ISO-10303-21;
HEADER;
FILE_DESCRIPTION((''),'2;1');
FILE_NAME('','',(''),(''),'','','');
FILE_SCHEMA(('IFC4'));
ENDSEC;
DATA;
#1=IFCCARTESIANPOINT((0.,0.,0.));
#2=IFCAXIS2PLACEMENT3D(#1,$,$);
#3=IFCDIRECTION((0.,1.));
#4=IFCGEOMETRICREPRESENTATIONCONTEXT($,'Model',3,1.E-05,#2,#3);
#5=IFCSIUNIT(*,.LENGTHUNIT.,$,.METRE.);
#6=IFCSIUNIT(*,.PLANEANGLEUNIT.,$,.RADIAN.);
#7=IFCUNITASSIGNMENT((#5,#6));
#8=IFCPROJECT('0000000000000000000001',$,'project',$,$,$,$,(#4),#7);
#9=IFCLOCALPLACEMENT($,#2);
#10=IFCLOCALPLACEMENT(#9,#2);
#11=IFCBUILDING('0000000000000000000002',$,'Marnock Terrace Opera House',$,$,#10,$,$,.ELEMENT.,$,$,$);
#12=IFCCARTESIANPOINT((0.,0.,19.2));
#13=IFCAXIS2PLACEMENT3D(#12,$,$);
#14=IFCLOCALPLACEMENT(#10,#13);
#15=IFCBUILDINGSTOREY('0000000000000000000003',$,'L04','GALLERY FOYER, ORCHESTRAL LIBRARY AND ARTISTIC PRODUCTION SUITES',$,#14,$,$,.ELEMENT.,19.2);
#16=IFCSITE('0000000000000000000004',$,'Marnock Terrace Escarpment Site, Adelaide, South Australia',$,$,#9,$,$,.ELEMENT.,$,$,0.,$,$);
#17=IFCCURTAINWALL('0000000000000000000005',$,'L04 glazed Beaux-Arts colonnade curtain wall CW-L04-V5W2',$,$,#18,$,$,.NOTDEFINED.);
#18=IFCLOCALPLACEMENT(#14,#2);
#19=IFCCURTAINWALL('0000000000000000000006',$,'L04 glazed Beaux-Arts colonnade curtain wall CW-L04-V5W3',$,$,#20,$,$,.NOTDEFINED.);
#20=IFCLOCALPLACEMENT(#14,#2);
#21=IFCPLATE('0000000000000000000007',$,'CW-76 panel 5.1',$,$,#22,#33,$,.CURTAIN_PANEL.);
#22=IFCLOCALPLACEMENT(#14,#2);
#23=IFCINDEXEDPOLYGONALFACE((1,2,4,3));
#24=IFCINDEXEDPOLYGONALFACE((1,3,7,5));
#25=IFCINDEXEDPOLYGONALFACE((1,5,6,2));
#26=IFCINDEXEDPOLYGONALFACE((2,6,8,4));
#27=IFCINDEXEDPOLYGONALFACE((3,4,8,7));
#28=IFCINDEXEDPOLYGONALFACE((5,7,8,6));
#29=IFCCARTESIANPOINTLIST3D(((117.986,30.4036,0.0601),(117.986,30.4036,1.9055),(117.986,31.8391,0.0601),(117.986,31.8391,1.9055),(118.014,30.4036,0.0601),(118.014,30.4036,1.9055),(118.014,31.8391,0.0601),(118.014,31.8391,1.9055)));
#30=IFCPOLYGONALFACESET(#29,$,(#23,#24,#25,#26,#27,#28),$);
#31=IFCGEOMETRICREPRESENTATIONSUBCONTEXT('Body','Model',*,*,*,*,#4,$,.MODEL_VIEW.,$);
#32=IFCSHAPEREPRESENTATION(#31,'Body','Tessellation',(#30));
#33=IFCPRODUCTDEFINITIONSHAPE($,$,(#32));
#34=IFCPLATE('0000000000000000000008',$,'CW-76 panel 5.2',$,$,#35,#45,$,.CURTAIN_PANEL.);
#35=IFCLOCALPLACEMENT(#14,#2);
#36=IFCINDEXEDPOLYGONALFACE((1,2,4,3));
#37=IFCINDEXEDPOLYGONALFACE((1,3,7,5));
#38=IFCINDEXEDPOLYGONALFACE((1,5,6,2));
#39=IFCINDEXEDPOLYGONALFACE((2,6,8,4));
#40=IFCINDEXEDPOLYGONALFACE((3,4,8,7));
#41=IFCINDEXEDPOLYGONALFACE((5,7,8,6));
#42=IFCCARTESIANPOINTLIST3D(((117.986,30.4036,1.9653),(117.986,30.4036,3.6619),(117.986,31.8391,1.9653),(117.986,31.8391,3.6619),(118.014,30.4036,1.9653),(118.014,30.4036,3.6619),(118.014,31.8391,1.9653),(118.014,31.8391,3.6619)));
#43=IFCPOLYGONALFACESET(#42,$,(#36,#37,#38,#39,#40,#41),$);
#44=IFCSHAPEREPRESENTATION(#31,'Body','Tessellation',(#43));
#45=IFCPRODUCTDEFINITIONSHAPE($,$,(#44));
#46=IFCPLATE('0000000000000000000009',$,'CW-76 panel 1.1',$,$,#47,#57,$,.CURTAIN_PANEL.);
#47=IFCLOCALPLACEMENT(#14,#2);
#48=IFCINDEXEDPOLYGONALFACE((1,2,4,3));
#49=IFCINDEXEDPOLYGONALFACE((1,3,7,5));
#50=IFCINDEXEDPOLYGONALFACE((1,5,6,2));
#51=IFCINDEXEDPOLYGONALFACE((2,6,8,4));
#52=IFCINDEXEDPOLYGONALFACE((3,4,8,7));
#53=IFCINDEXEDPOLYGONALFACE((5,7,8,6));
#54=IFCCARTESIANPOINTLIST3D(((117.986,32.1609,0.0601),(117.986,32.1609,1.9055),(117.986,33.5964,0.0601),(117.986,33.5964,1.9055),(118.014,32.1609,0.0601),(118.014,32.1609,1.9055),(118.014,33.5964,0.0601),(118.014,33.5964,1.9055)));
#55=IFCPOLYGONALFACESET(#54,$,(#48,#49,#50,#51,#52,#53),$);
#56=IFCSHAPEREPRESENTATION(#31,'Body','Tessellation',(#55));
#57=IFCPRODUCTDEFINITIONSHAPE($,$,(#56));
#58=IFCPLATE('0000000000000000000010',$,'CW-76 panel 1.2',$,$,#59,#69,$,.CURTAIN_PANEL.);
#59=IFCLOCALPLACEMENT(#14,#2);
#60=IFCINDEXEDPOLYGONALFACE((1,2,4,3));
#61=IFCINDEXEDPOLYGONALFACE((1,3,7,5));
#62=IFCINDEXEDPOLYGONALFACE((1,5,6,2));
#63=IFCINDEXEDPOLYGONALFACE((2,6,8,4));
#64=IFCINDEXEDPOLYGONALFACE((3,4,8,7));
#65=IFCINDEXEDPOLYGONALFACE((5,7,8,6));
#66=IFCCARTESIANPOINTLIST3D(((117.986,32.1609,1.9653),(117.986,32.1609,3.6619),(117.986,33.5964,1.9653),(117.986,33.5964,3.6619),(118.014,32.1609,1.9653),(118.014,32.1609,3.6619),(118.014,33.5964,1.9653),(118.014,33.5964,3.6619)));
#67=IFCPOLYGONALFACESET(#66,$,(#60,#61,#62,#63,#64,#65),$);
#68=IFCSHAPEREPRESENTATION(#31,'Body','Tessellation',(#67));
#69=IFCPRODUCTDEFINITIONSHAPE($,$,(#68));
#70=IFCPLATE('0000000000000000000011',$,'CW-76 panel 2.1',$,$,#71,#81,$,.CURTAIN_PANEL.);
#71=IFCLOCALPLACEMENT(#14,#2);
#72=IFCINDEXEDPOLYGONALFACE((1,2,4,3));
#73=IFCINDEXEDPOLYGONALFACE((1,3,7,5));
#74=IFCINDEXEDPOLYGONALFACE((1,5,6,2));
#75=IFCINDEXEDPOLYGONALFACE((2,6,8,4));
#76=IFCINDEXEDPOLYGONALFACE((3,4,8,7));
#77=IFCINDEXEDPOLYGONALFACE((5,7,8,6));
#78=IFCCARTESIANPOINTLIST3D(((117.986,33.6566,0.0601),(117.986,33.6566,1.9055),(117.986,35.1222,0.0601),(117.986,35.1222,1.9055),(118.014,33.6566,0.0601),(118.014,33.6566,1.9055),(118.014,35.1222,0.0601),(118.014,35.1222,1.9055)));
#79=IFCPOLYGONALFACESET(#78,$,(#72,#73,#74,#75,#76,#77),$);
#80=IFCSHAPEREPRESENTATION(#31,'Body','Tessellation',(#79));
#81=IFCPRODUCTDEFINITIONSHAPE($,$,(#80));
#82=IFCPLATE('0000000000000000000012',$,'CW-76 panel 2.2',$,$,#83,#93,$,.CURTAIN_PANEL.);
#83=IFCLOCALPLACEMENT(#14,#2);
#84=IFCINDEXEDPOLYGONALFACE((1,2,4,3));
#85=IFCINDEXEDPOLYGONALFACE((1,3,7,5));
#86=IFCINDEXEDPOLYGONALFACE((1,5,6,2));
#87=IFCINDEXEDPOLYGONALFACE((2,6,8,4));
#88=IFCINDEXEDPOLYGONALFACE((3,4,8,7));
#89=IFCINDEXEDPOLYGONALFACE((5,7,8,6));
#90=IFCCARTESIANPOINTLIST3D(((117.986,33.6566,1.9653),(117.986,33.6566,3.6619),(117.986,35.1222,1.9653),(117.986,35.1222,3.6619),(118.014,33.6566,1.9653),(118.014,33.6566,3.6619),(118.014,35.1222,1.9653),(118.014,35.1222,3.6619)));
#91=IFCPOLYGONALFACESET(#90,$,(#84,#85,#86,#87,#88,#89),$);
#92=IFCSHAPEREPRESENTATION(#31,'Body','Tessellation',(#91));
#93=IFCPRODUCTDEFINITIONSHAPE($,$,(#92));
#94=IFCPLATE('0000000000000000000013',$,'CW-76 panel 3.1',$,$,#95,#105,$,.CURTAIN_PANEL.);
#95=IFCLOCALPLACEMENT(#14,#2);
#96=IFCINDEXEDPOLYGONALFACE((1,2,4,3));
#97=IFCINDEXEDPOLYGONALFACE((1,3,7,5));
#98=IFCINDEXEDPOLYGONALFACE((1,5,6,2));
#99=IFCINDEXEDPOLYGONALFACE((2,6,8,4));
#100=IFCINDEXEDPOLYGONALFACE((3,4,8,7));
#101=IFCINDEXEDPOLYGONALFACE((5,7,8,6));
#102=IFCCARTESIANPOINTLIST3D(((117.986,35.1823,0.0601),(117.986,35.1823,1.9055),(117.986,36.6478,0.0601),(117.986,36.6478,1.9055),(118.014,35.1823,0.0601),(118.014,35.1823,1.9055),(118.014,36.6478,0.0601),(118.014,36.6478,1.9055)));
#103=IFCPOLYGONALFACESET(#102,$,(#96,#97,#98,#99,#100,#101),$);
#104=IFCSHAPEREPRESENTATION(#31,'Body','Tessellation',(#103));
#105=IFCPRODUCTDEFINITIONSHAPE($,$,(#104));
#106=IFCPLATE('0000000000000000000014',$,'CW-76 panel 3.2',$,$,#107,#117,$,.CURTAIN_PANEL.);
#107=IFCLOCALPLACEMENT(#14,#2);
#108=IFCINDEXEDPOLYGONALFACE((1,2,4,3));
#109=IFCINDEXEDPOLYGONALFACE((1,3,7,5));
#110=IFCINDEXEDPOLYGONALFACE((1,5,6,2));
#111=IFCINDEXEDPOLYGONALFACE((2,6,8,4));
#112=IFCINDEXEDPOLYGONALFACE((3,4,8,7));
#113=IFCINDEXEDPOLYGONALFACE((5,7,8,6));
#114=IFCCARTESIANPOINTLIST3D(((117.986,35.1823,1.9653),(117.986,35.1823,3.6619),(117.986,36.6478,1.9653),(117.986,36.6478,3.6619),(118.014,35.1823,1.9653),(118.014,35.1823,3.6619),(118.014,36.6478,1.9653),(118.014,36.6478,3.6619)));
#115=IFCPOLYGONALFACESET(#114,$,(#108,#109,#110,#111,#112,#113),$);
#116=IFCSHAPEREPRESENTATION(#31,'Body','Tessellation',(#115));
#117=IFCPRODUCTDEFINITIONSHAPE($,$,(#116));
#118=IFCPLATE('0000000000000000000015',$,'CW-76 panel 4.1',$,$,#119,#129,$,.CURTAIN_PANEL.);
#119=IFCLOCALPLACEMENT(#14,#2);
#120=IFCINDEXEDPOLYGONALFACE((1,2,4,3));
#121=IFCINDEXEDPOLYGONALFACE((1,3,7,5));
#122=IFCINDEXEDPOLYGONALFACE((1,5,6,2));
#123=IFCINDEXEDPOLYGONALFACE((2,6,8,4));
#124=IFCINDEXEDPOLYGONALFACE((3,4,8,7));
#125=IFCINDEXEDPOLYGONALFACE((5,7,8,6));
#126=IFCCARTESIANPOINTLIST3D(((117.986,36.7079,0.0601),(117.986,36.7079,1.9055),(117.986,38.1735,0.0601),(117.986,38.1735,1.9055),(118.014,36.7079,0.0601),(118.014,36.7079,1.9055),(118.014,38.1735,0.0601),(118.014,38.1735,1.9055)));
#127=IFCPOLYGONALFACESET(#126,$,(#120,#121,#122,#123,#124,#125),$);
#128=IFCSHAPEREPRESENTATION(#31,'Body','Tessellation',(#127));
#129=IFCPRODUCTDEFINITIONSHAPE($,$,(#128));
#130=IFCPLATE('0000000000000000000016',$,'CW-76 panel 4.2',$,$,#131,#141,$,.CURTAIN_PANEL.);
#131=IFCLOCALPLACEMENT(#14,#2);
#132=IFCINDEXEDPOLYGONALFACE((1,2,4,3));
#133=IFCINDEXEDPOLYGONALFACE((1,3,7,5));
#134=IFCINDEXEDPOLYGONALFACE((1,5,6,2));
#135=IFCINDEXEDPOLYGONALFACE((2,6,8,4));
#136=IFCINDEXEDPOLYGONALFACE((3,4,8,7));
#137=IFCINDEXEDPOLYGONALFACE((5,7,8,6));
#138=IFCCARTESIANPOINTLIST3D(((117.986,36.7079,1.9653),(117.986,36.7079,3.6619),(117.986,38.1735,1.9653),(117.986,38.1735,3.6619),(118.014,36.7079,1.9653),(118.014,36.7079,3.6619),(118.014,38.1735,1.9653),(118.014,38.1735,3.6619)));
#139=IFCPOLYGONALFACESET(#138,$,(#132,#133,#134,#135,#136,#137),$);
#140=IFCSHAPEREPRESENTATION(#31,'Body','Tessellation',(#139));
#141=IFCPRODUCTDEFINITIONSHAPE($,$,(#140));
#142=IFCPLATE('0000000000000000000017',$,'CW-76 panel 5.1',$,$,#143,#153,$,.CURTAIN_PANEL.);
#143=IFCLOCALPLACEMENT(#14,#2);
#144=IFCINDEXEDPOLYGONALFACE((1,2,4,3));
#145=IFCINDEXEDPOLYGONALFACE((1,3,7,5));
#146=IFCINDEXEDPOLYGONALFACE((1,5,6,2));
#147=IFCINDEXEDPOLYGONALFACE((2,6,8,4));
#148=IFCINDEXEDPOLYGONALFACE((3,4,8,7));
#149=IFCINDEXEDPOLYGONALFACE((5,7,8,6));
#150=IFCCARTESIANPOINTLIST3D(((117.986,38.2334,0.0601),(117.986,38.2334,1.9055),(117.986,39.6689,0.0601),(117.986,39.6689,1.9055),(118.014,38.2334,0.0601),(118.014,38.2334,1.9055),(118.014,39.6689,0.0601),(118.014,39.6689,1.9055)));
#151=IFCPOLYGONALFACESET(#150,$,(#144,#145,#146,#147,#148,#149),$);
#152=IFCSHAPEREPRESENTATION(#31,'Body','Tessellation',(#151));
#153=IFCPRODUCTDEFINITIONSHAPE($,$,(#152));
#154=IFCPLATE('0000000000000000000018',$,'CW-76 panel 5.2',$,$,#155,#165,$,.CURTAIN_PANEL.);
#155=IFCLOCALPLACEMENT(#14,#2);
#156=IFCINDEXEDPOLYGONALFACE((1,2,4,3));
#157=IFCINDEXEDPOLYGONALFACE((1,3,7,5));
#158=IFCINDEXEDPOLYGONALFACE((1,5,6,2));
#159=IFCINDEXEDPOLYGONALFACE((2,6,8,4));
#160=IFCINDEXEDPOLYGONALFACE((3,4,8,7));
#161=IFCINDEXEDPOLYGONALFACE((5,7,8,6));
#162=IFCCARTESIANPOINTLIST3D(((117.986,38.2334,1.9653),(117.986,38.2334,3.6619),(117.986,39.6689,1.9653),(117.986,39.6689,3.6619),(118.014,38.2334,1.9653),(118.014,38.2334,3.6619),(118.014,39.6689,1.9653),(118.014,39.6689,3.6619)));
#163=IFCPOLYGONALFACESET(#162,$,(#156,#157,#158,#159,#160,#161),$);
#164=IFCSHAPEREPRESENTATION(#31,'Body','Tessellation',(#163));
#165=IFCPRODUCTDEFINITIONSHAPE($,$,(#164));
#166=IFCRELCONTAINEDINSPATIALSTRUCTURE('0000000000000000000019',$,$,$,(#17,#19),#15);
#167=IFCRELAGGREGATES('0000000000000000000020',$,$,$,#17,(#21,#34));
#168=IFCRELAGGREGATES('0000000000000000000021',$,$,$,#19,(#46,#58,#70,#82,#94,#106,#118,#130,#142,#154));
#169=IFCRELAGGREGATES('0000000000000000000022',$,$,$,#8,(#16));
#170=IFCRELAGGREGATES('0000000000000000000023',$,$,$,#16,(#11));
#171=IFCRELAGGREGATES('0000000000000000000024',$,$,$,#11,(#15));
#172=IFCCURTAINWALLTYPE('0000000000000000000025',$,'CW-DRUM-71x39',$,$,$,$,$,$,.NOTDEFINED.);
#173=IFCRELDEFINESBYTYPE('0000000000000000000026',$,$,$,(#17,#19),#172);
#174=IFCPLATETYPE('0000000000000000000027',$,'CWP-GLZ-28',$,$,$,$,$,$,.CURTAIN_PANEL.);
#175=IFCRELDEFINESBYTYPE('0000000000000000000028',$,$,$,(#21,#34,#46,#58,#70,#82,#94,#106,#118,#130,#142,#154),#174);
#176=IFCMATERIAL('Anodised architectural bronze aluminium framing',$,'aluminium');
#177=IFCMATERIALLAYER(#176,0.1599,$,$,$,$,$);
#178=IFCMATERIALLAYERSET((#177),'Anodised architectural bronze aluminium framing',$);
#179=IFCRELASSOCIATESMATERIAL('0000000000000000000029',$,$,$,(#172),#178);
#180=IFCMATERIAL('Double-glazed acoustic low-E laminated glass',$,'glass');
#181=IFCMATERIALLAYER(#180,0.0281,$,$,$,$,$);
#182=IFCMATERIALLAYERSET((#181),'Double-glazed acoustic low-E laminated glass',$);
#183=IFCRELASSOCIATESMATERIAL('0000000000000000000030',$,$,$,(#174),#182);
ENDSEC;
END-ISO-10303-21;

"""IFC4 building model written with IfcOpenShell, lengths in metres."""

from ifc_helpers import new_model, si_unit, direction, frame, origin, origin_2d, place, context, subcontext, project, spatial, rectangle, extrude, material, layer, layer_set, type_object, element, aggregate, save


model = new_model("IFC4")

# Units and contexts
model_context = context("Model", 3, precision=1e-05, world=origin(), true_north=direction((0.0, 1.0)))
body_context = subcontext(model_context, "Body", "Model", "MODEL_VIEW")
ifc_project = project(units=[si_unit("LENGTHUNIT", "METRE"), si_unit("PLANEANGLEUNIT", "RADIAN")], contexts=[model_context])

# Site, building, storey
site_placement = place(None, origin())
site = spatial("IfcSite", under=ifc_project, at=site_placement, Name="Marnock Terrace Escarpment Site, Adelaide, South Australia", CompositionType="ELEMENT", RefElevation=0.0)
building_placement = place(site_placement, origin())
building = spatial("IfcBuilding", under=site, at=building_placement, Name="Marnock Terrace Opera House", CompositionType="ELEMENT")
storey_placement = place(building_placement, frame((0.0, 0.0, 19.2)))
storey = spatial("IfcBuildingStorey", under=building, at=storey_placement, Name="L04", Description="GALLERY FOYER, ORCHESTRAL LIBRARY AND ARTISTIC PRODUCTION SUITES", CompositionType="ELEMENT", Elevation=19.2)

# Curtain wall
ifc_material_1 = material(Name="Anodised architectural bronze aluminium framing", Category="aluminium")
ifc_layer_1 = layer(ifc_material_1, 0.1599)
ifc_layer_set_1 = layer_set([ifc_layer_1], Name="Anodised architectural bronze aluminium framing")
curtain_wall_type = type_object("IfcCurtainWallType", Name="CW-DRUM-71x39", PredefinedType="NOTDEFINED", material=ifc_layer_set_1)
curtain_wall_1_placement = place(storey_placement, origin())
curtain_wall_1 = element("IfcCurtainWall", 1, at=curtain_wall_1_placement, inside=storey, type_object=curtain_wall_type, Name="L04 glazed Beaux-Arts colonnade curtain wall CW-L04-V5W2", PredefinedType="NOTDEFINED")

# Curtain wall
curtain_wall_2_placement = place(storey_placement, origin())
curtain_wall_2 = element("IfcCurtainWall", 2, at=curtain_wall_2_placement, inside=storey, type_object=curtain_wall_type, Name="L04 glazed Beaux-Arts colonnade curtain wall CW-L04-V5W3", PredefinedType="NOTDEFINED")

# Plates
ifc_material_2 = material(Name="Double-glazed acoustic low-E laminated glass", Category="glass")
ifc_layer_2 = layer(ifc_material_2, 0.0281)
ifc_layer_set_2 = layer_set([ifc_layer_2], Name="Double-glazed acoustic low-E laminated glass")
plate_type = type_object("IfcPlateType", Name="CWP-GLZ-28", PredefinedType="CURTAIN_PANEL", material=ifc_layer_set_2)
plate_1_placement = place(storey_placement, frame((118.0, 31.1213, 0.0601), z_axis=(0.0, 0.0, 1.0), x_axis=(0.0, 1.0, 0.0)))
plate_1 = element("IfcPlate", 3, at=plate_1_placement, type_object=plate_type, Name="CW-76 panel 5.1", PredefinedType="CURTAIN_PANEL", context=body_context, shape_type="SweptSolid", body=[
    extrude(rectangle(XDim=1.4355, YDim=0.0281, at=origin_2d()), origin(), (0.0, 0.0, 1.0), 1.8455),
])
plate_2_placement = place(storey_placement, frame((118.0, 31.1213, 1.9653), z_axis=(0.0, 0.0, 1.0), x_axis=(0.0, 1.0, 0.0)))
plate_2 = element("IfcPlate", 4, at=plate_2_placement, type_object=plate_type, Name="CW-76 panel 5.2", PredefinedType="CURTAIN_PANEL", context=body_context, shape_type="SweptSolid", body=[
    extrude(rectangle(XDim=1.4355, YDim=0.0281, at=origin_2d()), origin(), (0.0, 0.0, 1.0), 1.6965),
])
aggregate(curtain_wall_1, [plate_1, plate_2])
plate_3_placement = place(storey_placement, frame((118.0, 32.8787, 0.0601), z_axis=(0.0, 0.0, 1.0), x_axis=(0.0, 1.0, 0.0)))
plate_3 = element("IfcPlate", 5, at=plate_3_placement, type_object=plate_type, Name="CW-76 panel 1.1", PredefinedType="CURTAIN_PANEL", context=body_context, shape_type="SweptSolid", body=[
    extrude(rectangle(XDim=1.4355, YDim=0.0281, at=origin_2d()), origin(), (0.0, 0.0, 1.0), 1.8455),
])
plate_4_placement = place(storey_placement, frame((118.0, 32.8787, 1.9653), z_axis=(0.0, 0.0, 1.0), x_axis=(0.0, 1.0, 0.0)))
plate_4 = element("IfcPlate", 6, at=plate_4_placement, type_object=plate_type, Name="CW-76 panel 1.2", PredefinedType="CURTAIN_PANEL", context=body_context, shape_type="SweptSolid", body=[
    extrude(rectangle(XDim=1.4355, YDim=0.0281, at=origin_2d()), origin(), (0.0, 0.0, 1.0), 1.6965),
])
plate_5_placement = place(storey_placement, frame((118.0, 34.3894, 0.0601), z_axis=(0.0, 0.0, 1.0), x_axis=(0.0, 1.0, 0.0)))
plate_5 = element("IfcPlate", 7, at=plate_5_placement, type_object=plate_type, Name="CW-76 panel 2.1", PredefinedType="CURTAIN_PANEL", context=body_context, shape_type="SweptSolid", body=[
    extrude(rectangle(XDim=1.4656, YDim=0.0281, at=origin_2d()), origin(), (0.0, 0.0, 1.0), 1.8455),
])
plate_6_placement = place(storey_placement, frame((118.0, 34.3894, 1.9653), z_axis=(0.0, 0.0, 1.0), x_axis=(0.0, 1.0, 0.0)))
plate_6 = element("IfcPlate", 8, at=plate_6_placement, type_object=plate_type, Name="CW-76 panel 2.2", PredefinedType="CURTAIN_PANEL", context=body_context, shape_type="SweptSolid", body=[
    extrude(rectangle(XDim=1.4656, YDim=0.0281, at=origin_2d()), origin(), (0.0, 0.0, 1.0), 1.6965),
])
plate_7_placement = place(storey_placement, frame((118.0, 35.915, 0.0601), z_axis=(0.0, 0.0, 1.0), x_axis=(0.0, 1.0, 0.0)))
plate_7 = element("IfcPlate", 9, at=plate_7_placement, type_object=plate_type, Name="CW-76 panel 3.1", PredefinedType="CURTAIN_PANEL", context=body_context, shape_type="SweptSolid", body=[
    extrude(rectangle(XDim=1.4656, YDim=0.0281, at=origin_2d()), origin(), (0.0, 0.0, 1.0), 1.8455),
])
plate_8_placement = place(storey_placement, frame((118.0, 35.915, 1.9653), z_axis=(0.0, 0.0, 1.0), x_axis=(0.0, 1.0, 0.0)))
plate_8 = element("IfcPlate", 10, at=plate_8_placement, type_object=plate_type, Name="CW-76 panel 3.2", PredefinedType="CURTAIN_PANEL", context=body_context, shape_type="SweptSolid", body=[
    extrude(rectangle(XDim=1.4656, YDim=0.0281, at=origin_2d()), origin(), (0.0, 0.0, 1.0), 1.6965),
])
plate_9_placement = place(storey_placement, frame((118.0, 37.4407, 0.0601), z_axis=(0.0, 0.0, 1.0), x_axis=(0.0, 1.0, 0.0)))
plate_9 = element("IfcPlate", 11, at=plate_9_placement, type_object=plate_type, Name="CW-76 panel 4.1", PredefinedType="CURTAIN_PANEL", context=body_context, shape_type="SweptSolid", body=[
    extrude(rectangle(XDim=1.4656, YDim=0.0281, at=origin_2d()), origin(), (0.0, 0.0, 1.0), 1.8455),
])
plate_10_placement = place(storey_placement, frame((118.0, 37.4407, 1.9653), z_axis=(0.0, 0.0, 1.0), x_axis=(0.0, 1.0, 0.0)))
plate_10 = element("IfcPlate", 12, at=plate_10_placement, type_object=plate_type, Name="CW-76 panel 4.2", PredefinedType="CURTAIN_PANEL", context=body_context, shape_type="SweptSolid", body=[
    extrude(rectangle(XDim=1.4656, YDim=0.0281, at=origin_2d()), origin(), (0.0, 0.0, 1.0), 1.6965),
])
plate_11_placement = place(storey_placement, frame((118.0, 38.9512, 0.0601), z_axis=(0.0, 0.0, 1.0), x_axis=(0.0, 1.0, 0.0)))
plate_11 = element("IfcPlate", 13, at=plate_11_placement, type_object=plate_type, Name="CW-76 panel 5.1", PredefinedType="CURTAIN_PANEL", context=body_context, shape_type="SweptSolid", body=[
    extrude(rectangle(XDim=1.4355, YDim=0.0281, at=origin_2d()), origin(), (0.0, 0.0, 1.0), 1.8455),
])
plate_12_placement = place(storey_placement, frame((118.0, 38.9512, 1.9653), z_axis=(0.0, 0.0, 1.0), x_axis=(0.0, 1.0, 0.0)))
plate_12 = element("IfcPlate", 14, at=plate_12_placement, type_object=plate_type, Name="CW-76 panel 5.2", PredefinedType="CURTAIN_PANEL", context=body_context, shape_type="SweptSolid", body=[
    extrude(rectangle(XDim=1.4355, YDim=0.0281, at=origin_2d()), origin(), (0.0, 0.0, 1.0), 1.6965),
])
aggregate(curtain_wall_2, [plate_3, plate_4, plate_5, plate_6, plate_7, plate_8, plate_9, plate_10, plate_11, plate_12])

save(model, "model.ifc")
